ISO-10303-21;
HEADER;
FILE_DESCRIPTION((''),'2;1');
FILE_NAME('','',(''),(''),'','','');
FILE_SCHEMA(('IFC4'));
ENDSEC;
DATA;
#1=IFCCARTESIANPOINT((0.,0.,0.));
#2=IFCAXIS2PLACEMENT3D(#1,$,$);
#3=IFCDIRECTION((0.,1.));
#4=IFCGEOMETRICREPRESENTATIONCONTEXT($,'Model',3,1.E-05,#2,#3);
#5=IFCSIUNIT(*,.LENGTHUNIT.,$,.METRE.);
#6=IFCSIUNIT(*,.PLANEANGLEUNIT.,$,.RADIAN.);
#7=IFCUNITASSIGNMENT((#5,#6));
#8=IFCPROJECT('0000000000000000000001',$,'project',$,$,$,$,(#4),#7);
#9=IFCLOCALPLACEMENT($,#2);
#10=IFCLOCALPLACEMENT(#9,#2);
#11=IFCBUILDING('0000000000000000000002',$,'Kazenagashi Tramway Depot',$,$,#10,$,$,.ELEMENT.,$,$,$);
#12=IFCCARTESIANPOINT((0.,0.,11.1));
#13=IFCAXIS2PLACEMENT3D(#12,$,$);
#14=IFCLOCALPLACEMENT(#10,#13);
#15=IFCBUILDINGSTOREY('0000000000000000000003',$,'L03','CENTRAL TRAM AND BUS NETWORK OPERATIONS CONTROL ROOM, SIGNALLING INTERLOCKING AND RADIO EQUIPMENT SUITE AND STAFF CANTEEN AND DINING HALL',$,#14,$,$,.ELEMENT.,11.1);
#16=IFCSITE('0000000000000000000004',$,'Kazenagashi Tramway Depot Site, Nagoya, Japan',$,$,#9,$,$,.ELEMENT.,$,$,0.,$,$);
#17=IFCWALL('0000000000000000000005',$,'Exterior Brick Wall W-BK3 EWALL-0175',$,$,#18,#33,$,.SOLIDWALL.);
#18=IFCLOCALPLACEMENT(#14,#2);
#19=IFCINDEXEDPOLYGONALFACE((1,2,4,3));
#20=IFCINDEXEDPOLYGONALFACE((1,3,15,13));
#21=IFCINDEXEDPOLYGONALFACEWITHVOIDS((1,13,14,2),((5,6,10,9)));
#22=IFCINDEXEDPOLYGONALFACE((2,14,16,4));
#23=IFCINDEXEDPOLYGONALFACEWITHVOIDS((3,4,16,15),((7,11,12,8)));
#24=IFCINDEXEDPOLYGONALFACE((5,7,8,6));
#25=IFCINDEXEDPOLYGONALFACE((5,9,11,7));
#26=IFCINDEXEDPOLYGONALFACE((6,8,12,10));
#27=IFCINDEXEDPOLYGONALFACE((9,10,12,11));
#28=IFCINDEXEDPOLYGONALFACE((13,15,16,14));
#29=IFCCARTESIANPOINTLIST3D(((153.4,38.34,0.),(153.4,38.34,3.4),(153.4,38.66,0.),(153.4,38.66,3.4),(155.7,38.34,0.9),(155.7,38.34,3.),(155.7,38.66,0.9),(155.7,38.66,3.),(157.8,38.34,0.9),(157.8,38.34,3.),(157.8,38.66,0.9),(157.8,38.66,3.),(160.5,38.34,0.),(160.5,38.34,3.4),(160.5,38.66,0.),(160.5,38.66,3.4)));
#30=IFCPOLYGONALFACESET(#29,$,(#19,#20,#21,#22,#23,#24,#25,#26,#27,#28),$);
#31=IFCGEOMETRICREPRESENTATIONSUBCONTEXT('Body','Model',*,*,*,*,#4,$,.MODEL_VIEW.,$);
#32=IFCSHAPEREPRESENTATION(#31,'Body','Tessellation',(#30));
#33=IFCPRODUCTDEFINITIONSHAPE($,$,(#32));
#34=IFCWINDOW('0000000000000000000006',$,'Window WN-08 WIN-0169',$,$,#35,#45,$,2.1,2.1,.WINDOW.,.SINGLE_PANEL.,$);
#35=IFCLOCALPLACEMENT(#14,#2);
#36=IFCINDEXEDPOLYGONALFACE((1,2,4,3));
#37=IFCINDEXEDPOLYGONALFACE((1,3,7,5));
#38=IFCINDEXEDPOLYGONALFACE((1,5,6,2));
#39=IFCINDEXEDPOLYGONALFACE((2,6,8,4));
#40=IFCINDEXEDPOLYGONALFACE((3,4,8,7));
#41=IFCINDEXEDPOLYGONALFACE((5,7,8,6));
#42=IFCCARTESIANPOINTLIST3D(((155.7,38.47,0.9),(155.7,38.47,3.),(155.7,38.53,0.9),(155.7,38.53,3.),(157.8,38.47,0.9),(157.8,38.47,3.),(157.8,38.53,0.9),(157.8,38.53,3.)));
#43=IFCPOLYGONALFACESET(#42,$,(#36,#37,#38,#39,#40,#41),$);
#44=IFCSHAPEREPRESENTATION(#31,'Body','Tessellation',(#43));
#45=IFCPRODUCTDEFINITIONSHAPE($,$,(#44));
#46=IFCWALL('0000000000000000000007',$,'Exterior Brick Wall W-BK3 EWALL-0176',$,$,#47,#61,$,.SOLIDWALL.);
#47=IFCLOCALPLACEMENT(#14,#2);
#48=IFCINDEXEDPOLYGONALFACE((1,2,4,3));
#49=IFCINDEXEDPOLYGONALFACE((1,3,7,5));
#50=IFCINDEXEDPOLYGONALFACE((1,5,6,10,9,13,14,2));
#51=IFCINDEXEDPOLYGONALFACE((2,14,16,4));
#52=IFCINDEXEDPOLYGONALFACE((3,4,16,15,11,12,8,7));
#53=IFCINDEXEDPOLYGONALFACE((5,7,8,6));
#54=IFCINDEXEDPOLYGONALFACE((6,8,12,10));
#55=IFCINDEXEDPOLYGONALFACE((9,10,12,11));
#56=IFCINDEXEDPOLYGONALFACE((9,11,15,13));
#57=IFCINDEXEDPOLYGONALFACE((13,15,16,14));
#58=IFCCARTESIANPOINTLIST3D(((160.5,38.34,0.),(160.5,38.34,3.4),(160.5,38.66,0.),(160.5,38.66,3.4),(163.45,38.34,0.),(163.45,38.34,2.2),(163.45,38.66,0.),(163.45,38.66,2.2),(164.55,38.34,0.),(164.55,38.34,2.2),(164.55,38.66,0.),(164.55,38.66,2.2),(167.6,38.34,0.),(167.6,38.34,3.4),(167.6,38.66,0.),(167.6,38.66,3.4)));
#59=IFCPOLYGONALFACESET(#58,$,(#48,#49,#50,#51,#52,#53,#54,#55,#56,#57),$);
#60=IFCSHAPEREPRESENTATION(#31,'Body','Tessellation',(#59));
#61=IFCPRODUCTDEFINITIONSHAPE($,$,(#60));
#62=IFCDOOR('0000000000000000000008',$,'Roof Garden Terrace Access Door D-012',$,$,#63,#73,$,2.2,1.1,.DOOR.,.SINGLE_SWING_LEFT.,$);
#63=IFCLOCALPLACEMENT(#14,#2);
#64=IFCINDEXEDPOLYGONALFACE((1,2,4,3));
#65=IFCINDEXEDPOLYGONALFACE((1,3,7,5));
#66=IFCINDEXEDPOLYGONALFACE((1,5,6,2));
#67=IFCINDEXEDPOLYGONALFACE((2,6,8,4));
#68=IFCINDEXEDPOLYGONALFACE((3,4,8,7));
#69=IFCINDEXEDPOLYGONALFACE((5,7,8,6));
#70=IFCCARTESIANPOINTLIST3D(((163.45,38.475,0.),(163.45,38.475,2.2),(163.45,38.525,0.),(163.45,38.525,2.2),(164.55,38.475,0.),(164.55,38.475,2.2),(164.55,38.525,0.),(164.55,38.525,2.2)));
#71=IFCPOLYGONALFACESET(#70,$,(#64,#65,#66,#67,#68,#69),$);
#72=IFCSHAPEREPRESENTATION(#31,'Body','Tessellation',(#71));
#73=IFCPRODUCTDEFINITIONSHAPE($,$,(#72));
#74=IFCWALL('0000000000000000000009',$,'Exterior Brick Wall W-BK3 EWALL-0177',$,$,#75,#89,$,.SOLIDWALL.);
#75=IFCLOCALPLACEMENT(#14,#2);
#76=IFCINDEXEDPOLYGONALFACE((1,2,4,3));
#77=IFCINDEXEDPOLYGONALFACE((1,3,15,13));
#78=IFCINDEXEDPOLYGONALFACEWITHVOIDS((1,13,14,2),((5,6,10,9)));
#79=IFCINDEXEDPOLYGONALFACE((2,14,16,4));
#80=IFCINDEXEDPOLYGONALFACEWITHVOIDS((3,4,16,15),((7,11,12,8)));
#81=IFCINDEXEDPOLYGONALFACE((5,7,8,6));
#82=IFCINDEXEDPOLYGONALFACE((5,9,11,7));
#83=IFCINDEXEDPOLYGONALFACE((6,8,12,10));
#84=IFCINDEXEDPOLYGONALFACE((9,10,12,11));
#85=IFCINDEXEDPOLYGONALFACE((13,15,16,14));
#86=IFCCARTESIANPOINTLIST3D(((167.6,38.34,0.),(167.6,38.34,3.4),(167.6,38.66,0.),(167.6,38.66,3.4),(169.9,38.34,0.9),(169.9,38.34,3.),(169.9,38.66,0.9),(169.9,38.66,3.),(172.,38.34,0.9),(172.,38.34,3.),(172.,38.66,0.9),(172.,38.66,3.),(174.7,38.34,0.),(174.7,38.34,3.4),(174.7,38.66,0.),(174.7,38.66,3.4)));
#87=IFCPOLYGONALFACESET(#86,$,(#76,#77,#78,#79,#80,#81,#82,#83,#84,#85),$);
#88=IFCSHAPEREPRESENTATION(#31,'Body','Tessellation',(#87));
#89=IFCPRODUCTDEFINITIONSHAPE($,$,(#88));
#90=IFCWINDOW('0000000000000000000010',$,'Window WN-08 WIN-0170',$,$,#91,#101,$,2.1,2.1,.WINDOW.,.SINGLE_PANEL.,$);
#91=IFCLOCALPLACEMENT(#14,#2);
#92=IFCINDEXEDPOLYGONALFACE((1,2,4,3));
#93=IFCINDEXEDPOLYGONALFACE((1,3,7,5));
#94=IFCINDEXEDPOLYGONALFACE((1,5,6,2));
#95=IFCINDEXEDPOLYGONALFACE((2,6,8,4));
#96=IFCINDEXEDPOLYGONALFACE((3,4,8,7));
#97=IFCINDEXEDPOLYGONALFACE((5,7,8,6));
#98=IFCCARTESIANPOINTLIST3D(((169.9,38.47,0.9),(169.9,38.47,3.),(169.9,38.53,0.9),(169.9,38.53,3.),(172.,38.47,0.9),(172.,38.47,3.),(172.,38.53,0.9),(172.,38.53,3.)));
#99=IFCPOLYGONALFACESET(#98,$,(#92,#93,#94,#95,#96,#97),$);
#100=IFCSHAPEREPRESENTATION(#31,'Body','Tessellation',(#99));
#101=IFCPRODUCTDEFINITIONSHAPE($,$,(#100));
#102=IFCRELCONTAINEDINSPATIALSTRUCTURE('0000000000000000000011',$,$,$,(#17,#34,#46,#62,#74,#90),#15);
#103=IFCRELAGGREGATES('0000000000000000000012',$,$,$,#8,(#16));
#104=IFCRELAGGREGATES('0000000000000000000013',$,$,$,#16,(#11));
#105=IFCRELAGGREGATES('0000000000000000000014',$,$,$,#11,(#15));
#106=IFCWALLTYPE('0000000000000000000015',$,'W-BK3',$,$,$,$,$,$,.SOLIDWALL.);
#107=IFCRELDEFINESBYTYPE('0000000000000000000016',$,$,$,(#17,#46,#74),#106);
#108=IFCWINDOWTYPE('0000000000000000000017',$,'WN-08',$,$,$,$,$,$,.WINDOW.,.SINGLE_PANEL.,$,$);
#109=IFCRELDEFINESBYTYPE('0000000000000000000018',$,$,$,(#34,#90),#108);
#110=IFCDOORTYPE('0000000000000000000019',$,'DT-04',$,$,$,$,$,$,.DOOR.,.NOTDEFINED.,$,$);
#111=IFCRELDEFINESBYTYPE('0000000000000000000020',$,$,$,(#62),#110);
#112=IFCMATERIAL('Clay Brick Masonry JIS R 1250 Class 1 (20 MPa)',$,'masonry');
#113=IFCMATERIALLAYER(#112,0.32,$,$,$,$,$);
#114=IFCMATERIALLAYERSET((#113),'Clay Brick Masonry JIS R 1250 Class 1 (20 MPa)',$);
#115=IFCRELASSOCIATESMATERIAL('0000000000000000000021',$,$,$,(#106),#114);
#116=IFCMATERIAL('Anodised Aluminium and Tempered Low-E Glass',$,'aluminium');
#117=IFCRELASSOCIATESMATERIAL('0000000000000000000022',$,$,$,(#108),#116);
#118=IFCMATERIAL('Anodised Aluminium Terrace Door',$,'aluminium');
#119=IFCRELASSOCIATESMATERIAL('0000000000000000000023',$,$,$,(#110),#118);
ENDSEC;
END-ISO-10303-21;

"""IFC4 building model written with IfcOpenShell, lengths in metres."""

from ifc_helpers import new_model, si_unit, direction, frame, frame_2d, origin, place, context, subcontext, project, spatial, rectangle, extrude, material, layer, layer_set, type_object, element, fill, save


model = new_model("IFC4")

# Units and contexts
model_context = context("Model", 3, precision=1e-05, world=origin(), true_north=direction((0.0, 1.0)))
body_context = subcontext(model_context, "Body", "Model", "MODEL_VIEW")
ifc_project = project(units=[si_unit("LENGTHUNIT", "METRE"), si_unit("PLANEANGLEUNIT", "RADIAN")], contexts=[model_context])

# Site, building, storey
site_placement = place(None, origin())
site = spatial("IfcSite", under=ifc_project, at=site_placement, Name="Kazenagashi Tramway Depot Site, Nagoya, Japan", CompositionType="ELEMENT", RefElevation=0.0)
building_placement = place(site_placement, origin())
building = spatial("IfcBuilding", under=site, at=building_placement, Name="Kazenagashi Tramway Depot", CompositionType="ELEMENT")
storey_placement = place(building_placement, frame((0.0, 0.0, 11.1)))
storey = spatial("IfcBuildingStorey", under=building, at=storey_placement, Name="L03", Description="CENTRAL TRAM AND BUS NETWORK OPERATIONS CONTROL ROOM, SIGNALLING INTERLOCKING AND RADIO EQUIPMENT SUITE AND STAFF CANTEEN AND DINING HALL", CompositionType="ELEMENT", Elevation=11.1)

# Wall, opening, window
ifc_material_1 = material(Name="Clay Brick Masonry JIS R 1250 Class 1 (20 MPa)", Category="masonry")
ifc_layer = layer(ifc_material_1, 0.32)
ifc_layer_set = layer_set([ifc_layer], Name="Clay Brick Masonry JIS R 1250 Class 1 (20 MPa)")
wall_type = type_object("IfcWallType", Name="W-BK3", PredefinedType="SOLIDWALL", material=ifc_layer_set)
wall_1_placement = place(storey_placement, frame((153.4, 38.5, 0.0), z_axis=(0.0, 0.0, 1.0), x_axis=(1.0, 0.0, 0.0)))
wall_1 = element("IfcWall", 1, at=wall_1_placement, inside=storey, type_object=wall_type, Name="Exterior Brick Wall W-BK3 EWALL-0175", PredefinedType="SOLIDWALL", context=body_context, shape_type="SweptSolid", body=[
    extrude(rectangle(XDim=7.1, YDim=0.32, at=frame_2d((3.55, 0.0))), origin(), (0.0, 0.0, 1.0), 3.4),
])
opening_1_placement = place(wall_1_placement, frame((2.3, 0.0, 0.9)))
opening_1 = element("IfcOpeningElement", 2, at=opening_1_placement, cuts=wall_1, PredefinedType="OPENING", context=body_context, shape_type="SweptSolid", body=[
    extrude(rectangle(XDim=2.1, YDim=2.1, at=frame_2d((1.05, 1.05))), frame((0.0, 0.17, 0.0), z_axis=(0.0, -1.0, 0.0), x_axis=(1.0, 0.0, 0.0)), (0.0, 0.0, 1.0), 0.34),
])
ifc_material_2 = material(Name="Anodised Aluminium and Tempered Low-E Glass", Category="aluminium")
window_type = type_object("IfcWindowType", Name="WN-08", PartitioningType="SINGLE_PANEL", PredefinedType="WINDOW", material=ifc_material_2)
window_1_placement = place(opening_1_placement, origin())
window_1 = element("IfcWindow", 3, at=window_1_placement, inside=storey, type_object=window_type, Name="Window WN-08 WIN-0169", OverallHeight=2.1, OverallWidth=2.1, PartitioningType="SINGLE_PANEL", PredefinedType="WINDOW", context=body_context, shape_type="SweptSolid", body=[
    extrude(rectangle(XDim=2.1, YDim=2.1, at=frame_2d((1.05, 1.05))), frame((0.0, 0.03, 0.0), z_axis=(0.0, -1.0, 0.0), x_axis=(1.0, 0.0, 0.0)), (0.0, 0.0, 1.0), 0.06),
])
fill(opening_1, window_1)

# Wall, opening, door
wall_2_placement = place(storey_placement, frame((160.5, 38.5, 0.0), z_axis=(0.0, 0.0, 1.0), x_axis=(1.0, 0.0, 0.0)))
wall_2 = element("IfcWall", 4, at=wall_2_placement, inside=storey, type_object=wall_type, Name="Exterior Brick Wall W-BK3 EWALL-0176", PredefinedType="SOLIDWALL", context=body_context, shape_type="SweptSolid", body=[
    extrude(rectangle(XDim=7.1, YDim=0.32, at=frame_2d((3.55, 0.0))), origin(), (0.0, 0.0, 1.0), 3.4),
])
opening_2_placement = place(wall_2_placement, frame((2.95, 0.0, 0.0)))
opening_2 = element("IfcOpeningElement", 5, at=opening_2_placement, cuts=wall_2, PredefinedType="OPENING", context=body_context, shape_type="SweptSolid", body=[
    extrude(rectangle(XDim=1.1, YDim=2.2, at=frame_2d((0.55, 1.1))), frame((0.0, 0.17, 0.0), z_axis=(0.0, -1.0, 0.0), x_axis=(1.0, 0.0, 0.0)), (0.0, 0.0, 1.0), 0.34),
])
ifc_material_3 = material(Name="Anodised Aluminium Terrace Door", Category="aluminium")
door_type = type_object("IfcDoorType", Name="DT-04", OperationType="NOTDEFINED", PredefinedType="DOOR", material=ifc_material_3)
door_placement = place(opening_2_placement, frame((1.1, 0.0, 0.0), z_axis=(0.0, 0.0, 1.0), x_axis=(-1.0, 0.0, 0.0)))
door = element("IfcDoor", 6, at=door_placement, inside=storey, type_object=door_type, Name="Roof Garden Terrace Access Door D-012", OperationType="SINGLE_SWING_LEFT", OverallHeight=2.2, OverallWidth=1.1, PredefinedType="DOOR", context=body_context, shape_type="SweptSolid", body=[
    extrude(rectangle(XDim=1.1, YDim=2.2, at=frame_2d((0.55, 1.1))), frame((0.0, 0.025, 0.0), z_axis=(0.0, -1.0, 0.0), x_axis=(1.0, 0.0, 0.0)), (0.0, 0.0, 1.0), 0.05),
])
fill(opening_2, door)

# Wall, opening, window
wall_3_placement = place(storey_placement, frame((167.6, 38.5, 0.0), z_axis=(0.0, 0.0, 1.0), x_axis=(1.0, 0.0, 0.0)))
wall_3 = element("IfcWall", 7, at=wall_3_placement, inside=storey, type_object=wall_type, Name="Exterior Brick Wall W-BK3 EWALL-0177", PredefinedType="SOLIDWALL", context=body_context, shape_type="SweptSolid", body=[
    extrude(rectangle(XDim=7.1, YDim=0.32, at=frame_2d((3.55, 0.0))), origin(), (0.0, 0.0, 1.0), 3.4),
])
opening_3_placement = place(wall_3_placement, frame((2.3, 0.0, 0.9)))
opening_3 = element("IfcOpeningElement", 8, at=opening_3_placement, cuts=wall_3, PredefinedType="OPENING", context=body_context, shape_type="SweptSolid", body=[
    extrude(rectangle(XDim=2.1, YDim=2.1, at=frame_2d((1.05, 1.05))), frame((0.0, 0.17, 0.0), z_axis=(0.0, -1.0, 0.0), x_axis=(1.0, 0.0, 0.0)), (0.0, 0.0, 1.0), 0.34),
])
window_2_placement = place(opening_3_placement, origin())
window_2 = element("IfcWindow", 9, at=window_2_placement, inside=storey, type_object=window_type, Name="Window WN-08 WIN-0170", OverallHeight=2.1, OverallWidth=2.1, PartitioningType="SINGLE_PANEL", PredefinedType="WINDOW", context=body_context, shape_type="SweptSolid", body=[
    extrude(rectangle(XDim=2.1, YDim=2.1, at=frame_2d((1.05, 1.05))), frame((0.0, 0.03, 0.0), z_axis=(0.0, -1.0, 0.0), x_axis=(1.0, 0.0, 0.0)), (0.0, 0.0, 1.0), 0.06),
])
fill(opening_3, window_2)

save(model, "model.ifc")
